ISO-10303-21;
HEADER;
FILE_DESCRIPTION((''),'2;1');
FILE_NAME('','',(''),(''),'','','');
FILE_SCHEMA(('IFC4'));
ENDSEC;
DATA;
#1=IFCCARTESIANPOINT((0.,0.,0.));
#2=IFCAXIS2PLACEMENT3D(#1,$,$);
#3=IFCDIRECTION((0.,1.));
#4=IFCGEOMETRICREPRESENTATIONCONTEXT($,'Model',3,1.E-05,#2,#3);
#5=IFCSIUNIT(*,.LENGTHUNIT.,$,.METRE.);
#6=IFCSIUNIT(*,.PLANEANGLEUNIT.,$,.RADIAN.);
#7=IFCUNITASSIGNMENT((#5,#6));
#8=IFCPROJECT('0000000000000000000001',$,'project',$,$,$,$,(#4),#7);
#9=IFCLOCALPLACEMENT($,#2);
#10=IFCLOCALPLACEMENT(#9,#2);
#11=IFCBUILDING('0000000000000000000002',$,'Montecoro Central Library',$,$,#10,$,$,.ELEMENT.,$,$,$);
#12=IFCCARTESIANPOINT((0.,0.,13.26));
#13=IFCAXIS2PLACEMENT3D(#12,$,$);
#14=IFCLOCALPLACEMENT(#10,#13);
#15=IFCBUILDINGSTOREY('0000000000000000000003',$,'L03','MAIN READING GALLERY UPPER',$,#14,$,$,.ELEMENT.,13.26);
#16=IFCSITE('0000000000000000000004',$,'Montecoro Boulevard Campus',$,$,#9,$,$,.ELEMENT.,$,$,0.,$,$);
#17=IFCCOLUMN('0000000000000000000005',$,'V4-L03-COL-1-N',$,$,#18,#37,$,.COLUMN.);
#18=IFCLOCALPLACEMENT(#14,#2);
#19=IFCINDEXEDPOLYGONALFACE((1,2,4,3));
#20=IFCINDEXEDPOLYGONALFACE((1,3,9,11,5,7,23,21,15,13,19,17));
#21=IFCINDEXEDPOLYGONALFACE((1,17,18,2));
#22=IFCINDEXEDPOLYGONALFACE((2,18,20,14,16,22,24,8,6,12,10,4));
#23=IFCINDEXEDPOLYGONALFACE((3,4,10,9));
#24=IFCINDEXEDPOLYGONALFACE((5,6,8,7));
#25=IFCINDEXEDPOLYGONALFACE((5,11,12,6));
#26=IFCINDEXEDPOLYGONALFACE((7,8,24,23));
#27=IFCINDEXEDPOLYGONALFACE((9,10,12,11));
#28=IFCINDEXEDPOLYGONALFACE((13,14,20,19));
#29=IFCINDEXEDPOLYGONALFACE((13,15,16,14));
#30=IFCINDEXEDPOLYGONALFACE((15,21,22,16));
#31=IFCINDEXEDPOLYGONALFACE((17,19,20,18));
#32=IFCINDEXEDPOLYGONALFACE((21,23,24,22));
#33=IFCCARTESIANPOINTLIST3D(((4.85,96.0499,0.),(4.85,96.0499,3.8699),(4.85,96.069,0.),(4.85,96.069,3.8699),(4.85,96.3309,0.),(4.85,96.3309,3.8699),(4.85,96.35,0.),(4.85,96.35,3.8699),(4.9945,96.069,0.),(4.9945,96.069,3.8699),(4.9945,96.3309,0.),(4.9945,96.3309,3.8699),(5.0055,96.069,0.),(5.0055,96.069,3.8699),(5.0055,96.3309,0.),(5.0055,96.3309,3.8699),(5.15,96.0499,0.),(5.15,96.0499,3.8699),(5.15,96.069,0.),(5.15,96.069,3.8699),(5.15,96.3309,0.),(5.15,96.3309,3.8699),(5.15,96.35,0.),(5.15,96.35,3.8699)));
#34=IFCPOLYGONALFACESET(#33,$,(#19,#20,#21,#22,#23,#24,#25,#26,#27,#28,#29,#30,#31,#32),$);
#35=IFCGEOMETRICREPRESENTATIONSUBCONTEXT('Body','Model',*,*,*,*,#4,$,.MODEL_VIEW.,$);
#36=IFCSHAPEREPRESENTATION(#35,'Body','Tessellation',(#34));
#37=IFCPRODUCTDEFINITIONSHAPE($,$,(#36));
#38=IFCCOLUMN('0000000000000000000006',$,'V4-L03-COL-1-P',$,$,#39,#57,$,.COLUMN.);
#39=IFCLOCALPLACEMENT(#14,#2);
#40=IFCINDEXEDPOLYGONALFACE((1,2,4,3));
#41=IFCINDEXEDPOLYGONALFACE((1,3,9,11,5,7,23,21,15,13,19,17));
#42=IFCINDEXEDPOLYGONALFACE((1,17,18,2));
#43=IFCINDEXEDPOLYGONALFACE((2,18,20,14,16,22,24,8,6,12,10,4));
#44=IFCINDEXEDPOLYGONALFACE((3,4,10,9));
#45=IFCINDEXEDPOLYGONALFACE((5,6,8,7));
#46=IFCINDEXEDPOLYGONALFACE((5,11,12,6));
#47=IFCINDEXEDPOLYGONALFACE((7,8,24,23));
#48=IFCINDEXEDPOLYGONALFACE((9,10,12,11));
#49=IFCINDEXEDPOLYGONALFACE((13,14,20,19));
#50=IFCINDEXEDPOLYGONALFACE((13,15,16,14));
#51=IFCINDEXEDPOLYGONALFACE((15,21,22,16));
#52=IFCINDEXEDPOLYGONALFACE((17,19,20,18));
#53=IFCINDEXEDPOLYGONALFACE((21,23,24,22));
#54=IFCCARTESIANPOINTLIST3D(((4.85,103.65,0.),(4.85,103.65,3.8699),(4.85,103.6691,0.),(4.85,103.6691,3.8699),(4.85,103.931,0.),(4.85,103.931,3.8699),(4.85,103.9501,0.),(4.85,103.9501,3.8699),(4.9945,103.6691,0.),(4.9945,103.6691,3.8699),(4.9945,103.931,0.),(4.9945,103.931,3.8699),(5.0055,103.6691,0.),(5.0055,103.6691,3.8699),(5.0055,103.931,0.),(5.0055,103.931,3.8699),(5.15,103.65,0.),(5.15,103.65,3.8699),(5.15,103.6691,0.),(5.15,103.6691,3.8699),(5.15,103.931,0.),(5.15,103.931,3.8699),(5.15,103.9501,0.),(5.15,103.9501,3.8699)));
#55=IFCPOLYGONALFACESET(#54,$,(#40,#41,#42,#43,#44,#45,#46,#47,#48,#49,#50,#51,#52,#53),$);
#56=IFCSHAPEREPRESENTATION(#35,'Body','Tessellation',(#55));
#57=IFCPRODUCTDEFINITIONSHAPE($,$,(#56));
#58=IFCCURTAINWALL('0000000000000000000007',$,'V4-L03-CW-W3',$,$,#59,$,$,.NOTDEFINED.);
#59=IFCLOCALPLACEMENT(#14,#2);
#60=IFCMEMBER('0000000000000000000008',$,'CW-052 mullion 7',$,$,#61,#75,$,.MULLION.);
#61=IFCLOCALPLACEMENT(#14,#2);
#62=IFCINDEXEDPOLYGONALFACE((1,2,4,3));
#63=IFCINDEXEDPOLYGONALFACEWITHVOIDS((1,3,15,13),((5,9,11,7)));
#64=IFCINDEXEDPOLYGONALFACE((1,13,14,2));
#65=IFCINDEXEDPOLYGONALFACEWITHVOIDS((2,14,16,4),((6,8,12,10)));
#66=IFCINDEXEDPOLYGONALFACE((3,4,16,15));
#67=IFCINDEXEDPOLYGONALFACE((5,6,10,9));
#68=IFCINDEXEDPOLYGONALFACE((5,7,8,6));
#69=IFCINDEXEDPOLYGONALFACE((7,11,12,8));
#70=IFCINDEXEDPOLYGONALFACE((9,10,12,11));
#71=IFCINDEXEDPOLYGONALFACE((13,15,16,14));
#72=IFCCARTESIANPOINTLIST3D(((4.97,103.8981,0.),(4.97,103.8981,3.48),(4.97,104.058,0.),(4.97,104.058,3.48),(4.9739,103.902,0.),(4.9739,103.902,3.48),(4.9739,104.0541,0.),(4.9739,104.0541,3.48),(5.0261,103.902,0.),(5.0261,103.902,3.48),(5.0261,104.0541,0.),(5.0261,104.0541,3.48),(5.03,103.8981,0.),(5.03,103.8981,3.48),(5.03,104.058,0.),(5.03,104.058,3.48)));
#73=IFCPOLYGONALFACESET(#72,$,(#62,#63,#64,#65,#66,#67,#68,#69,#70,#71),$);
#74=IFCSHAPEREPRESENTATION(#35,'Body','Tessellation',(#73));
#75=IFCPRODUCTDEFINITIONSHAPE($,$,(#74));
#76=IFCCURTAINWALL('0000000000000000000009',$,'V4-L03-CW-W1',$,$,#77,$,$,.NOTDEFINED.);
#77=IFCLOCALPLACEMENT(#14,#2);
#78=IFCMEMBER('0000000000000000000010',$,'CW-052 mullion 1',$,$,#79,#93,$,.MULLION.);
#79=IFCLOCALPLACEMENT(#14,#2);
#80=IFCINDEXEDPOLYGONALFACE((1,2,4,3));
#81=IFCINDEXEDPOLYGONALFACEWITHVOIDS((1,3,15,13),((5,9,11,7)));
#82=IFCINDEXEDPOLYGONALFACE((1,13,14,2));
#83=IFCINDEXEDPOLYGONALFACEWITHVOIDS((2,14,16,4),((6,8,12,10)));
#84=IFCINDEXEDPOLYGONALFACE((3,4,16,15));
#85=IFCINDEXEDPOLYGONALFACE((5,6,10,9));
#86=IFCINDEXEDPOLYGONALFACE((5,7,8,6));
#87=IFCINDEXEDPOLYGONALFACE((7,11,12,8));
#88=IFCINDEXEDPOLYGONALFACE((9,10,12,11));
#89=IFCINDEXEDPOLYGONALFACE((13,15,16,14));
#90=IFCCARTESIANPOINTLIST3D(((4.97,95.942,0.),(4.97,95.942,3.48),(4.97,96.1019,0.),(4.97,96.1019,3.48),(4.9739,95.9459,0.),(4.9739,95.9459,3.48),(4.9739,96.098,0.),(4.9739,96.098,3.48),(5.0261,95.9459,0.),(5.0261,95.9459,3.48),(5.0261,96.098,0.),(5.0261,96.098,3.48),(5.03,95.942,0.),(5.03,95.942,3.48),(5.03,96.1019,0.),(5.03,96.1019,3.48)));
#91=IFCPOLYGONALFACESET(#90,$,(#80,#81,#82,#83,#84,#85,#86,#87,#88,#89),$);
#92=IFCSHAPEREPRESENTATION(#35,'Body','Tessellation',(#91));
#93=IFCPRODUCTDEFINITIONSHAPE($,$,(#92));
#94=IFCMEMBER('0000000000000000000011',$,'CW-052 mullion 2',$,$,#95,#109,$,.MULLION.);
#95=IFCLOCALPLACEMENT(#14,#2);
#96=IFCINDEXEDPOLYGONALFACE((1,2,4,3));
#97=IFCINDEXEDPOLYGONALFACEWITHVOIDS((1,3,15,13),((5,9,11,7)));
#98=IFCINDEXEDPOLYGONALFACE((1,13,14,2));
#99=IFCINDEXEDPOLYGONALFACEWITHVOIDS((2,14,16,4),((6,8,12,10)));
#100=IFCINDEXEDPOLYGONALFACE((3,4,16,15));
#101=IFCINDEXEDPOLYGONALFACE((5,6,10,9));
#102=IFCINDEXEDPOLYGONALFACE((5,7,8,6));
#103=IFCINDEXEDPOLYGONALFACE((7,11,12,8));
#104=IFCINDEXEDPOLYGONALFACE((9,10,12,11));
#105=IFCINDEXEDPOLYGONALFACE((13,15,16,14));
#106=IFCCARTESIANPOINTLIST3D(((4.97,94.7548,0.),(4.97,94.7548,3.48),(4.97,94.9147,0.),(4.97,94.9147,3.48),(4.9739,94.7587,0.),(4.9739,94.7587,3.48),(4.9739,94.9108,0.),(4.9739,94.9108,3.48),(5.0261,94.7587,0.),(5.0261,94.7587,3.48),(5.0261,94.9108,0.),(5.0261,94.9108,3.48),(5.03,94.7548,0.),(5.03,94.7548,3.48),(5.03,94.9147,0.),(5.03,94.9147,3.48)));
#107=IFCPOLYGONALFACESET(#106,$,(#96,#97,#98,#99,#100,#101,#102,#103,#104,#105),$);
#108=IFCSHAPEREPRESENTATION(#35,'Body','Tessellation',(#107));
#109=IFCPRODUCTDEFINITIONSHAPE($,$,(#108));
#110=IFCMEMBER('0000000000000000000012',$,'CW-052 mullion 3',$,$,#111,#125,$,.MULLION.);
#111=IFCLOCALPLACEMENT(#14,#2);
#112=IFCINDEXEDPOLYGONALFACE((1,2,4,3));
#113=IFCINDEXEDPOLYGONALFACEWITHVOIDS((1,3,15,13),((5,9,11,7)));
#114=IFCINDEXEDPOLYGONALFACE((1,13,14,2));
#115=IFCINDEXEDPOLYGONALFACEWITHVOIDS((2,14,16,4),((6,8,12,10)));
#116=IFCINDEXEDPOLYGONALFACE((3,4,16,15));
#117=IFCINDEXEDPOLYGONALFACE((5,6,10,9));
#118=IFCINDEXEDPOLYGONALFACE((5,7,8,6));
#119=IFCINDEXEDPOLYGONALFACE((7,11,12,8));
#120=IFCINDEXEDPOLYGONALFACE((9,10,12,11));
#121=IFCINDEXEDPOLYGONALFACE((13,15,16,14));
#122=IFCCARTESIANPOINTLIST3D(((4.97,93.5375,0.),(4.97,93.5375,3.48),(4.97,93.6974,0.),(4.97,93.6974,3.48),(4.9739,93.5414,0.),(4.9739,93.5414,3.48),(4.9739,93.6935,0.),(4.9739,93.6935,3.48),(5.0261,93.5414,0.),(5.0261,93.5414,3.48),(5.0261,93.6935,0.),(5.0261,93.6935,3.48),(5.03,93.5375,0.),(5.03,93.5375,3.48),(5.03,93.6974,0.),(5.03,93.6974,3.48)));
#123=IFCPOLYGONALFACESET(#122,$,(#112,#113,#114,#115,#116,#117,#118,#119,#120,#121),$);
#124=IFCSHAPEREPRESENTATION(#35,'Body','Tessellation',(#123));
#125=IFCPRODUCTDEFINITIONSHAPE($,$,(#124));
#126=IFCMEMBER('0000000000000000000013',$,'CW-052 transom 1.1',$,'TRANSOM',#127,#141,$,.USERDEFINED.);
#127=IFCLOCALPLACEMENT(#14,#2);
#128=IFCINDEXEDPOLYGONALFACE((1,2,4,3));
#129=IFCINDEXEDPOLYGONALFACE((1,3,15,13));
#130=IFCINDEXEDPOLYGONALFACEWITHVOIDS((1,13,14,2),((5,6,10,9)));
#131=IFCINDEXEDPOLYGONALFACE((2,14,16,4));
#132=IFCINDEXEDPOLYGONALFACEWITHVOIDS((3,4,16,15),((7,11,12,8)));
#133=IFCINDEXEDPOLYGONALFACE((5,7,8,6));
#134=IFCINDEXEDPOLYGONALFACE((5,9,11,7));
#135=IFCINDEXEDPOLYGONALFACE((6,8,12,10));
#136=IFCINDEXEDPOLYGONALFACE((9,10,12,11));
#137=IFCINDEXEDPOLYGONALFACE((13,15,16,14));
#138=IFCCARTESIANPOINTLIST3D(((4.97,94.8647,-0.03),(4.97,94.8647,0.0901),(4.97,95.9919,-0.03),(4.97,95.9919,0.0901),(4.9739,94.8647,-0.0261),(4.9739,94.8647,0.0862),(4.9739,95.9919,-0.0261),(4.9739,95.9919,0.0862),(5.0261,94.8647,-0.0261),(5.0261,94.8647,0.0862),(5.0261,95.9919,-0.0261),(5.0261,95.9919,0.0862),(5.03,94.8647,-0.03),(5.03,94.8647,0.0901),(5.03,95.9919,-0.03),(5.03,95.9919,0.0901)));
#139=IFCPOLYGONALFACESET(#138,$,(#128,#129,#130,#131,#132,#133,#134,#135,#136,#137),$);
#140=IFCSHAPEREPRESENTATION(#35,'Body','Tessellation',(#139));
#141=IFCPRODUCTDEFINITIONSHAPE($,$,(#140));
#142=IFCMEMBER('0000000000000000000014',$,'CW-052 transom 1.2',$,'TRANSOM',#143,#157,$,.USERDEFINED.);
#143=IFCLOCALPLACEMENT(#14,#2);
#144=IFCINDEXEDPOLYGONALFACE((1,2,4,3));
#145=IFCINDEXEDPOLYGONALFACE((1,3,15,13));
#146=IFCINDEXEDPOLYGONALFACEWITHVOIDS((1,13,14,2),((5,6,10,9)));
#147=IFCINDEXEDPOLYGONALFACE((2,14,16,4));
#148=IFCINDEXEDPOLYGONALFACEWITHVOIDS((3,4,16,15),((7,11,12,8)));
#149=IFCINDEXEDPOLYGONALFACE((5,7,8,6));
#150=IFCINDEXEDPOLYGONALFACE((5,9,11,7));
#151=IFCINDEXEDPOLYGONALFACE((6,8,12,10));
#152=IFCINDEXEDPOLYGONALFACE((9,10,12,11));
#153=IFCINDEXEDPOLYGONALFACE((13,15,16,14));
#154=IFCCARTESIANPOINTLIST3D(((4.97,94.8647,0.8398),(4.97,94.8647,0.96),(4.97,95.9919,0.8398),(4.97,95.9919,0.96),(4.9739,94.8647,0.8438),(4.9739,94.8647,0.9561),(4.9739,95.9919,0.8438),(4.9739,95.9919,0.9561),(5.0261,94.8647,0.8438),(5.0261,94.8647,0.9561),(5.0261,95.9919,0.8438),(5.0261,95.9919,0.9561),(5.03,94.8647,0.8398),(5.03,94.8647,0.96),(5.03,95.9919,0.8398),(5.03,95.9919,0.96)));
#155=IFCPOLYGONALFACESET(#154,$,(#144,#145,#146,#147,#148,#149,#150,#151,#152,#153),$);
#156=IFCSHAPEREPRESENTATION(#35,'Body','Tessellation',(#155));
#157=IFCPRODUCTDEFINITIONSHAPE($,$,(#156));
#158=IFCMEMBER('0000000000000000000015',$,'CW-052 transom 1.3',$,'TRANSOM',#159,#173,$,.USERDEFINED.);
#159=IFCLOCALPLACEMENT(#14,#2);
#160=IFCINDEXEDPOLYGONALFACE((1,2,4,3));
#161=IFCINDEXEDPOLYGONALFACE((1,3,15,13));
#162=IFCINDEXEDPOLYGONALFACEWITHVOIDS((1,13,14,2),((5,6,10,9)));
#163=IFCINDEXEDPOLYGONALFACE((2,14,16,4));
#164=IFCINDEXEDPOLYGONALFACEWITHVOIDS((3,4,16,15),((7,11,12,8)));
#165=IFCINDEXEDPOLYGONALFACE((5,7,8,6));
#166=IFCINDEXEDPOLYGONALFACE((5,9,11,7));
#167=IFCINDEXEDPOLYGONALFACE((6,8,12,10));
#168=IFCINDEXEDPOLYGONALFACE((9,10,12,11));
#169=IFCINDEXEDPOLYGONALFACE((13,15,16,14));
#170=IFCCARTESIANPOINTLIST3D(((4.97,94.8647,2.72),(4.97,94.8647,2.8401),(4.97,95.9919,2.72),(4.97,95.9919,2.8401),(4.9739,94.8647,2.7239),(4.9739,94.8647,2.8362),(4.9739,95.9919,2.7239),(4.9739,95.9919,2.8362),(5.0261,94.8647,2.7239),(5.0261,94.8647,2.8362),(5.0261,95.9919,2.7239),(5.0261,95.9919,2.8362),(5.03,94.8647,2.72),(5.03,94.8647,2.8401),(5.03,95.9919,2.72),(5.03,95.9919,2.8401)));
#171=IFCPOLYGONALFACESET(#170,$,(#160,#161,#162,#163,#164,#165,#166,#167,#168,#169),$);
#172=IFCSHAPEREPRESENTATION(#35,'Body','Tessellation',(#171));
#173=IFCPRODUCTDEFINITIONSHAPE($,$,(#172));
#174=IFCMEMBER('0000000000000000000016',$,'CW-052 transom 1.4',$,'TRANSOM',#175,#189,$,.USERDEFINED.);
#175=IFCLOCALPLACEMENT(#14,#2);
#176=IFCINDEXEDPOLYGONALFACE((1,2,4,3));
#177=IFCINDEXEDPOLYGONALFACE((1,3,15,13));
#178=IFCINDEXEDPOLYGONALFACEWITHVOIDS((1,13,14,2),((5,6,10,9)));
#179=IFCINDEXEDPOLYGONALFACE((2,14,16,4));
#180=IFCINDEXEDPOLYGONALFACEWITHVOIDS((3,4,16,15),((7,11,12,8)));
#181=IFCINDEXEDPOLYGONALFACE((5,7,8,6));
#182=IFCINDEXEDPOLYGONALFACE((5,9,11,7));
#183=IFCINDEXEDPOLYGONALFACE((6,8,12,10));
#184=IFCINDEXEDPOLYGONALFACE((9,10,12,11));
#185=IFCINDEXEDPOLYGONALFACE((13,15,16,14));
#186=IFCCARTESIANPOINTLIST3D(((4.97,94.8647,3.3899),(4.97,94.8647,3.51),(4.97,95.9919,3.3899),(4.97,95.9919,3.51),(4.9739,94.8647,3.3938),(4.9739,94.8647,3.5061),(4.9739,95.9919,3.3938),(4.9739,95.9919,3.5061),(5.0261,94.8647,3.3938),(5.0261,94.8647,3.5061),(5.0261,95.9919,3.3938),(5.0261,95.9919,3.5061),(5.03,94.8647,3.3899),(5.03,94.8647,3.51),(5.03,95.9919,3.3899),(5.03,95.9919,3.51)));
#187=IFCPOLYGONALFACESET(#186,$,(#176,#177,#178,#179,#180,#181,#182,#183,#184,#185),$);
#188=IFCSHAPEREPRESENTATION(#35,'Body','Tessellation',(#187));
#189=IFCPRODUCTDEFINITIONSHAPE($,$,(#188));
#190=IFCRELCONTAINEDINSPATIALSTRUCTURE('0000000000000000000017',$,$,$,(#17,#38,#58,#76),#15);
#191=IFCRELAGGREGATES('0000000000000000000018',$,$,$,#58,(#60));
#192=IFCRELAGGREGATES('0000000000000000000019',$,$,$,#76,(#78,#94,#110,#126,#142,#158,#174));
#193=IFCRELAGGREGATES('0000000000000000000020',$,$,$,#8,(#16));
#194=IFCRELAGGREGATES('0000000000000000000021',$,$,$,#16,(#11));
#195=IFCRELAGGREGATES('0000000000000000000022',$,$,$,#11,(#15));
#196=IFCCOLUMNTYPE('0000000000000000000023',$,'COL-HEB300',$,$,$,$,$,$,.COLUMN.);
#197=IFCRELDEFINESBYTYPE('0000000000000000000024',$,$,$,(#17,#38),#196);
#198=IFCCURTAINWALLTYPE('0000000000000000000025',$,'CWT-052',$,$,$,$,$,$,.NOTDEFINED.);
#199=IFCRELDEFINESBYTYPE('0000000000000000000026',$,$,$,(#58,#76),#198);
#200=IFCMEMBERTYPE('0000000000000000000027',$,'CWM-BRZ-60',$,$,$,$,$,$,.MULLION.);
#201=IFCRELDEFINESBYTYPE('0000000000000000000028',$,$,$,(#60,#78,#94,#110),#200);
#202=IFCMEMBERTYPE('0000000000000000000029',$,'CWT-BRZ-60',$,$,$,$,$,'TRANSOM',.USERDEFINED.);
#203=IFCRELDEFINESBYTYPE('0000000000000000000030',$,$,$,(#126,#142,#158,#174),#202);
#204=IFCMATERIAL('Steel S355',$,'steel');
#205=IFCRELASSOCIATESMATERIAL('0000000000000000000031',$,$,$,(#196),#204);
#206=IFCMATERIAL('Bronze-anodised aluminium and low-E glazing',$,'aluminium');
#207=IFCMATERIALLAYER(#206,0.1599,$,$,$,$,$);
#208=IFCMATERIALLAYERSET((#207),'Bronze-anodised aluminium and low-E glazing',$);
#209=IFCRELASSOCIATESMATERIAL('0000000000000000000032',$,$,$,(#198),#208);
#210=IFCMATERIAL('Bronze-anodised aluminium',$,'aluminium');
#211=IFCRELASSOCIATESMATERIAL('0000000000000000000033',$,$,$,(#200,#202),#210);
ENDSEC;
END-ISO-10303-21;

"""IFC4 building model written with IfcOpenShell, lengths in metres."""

from ifc_helpers import new_model, si_unit, direction, frame, origin, origin_2d, place, context, subcontext, project, spatial, hollow_rectangle, i_section, extrude, material, layer, layer_set, material_profile, profile_set, type_object, element, aggregate, save


model = new_model("IFC4")

# Units and contexts
model_context = context("Model", 3, precision=1e-05, world=origin(), true_north=direction((0.0, 1.0)))
body_context = subcontext(model_context, "Body", "Model", "MODEL_VIEW")
ifc_project = project(units=[si_unit("LENGTHUNIT", "METRE"), si_unit("PLANEANGLEUNIT", "RADIAN")], contexts=[model_context])

# Site, building, storey
site_placement = place(None, origin())
site = spatial("IfcSite", under=ifc_project, at=site_placement, Name="Montecoro Boulevard Campus", CompositionType="ELEMENT", RefElevation=0.0)
building_placement = place(site_placement, origin())
building = spatial("IfcBuilding", under=site, at=building_placement, Name="Montecoro Central Library", CompositionType="ELEMENT")
storey_placement = place(building_placement, frame((0.0, 0.0, 13.26)))
storey = spatial("IfcBuildingStorey", under=building, at=storey_placement, Name="L03", Description="MAIN READING GALLERY UPPER", CompositionType="ELEMENT", Elevation=13.26)

# Columns
ifc_material_1 = material(Name="Steel S355", Category="steel")
ifc_material_profile_1 = material_profile(ifc_material_1, i_section(OverallWidth=0.3, OverallDepth=0.3, WebThickness=0.011, FlangeThickness=0.019, at=origin_2d()), Name="HEB 300")
ifc_profile_set_1 = profile_set([ifc_material_profile_1], Name="Steel S355")
column_type = type_object("IfcColumnType", Name="COL-HEB300", PredefinedType="COLUMN", material=ifc_profile_set_1)
for number, where, z_axis, x_axis, name in (
    (1, (5.0, 96.2, 0.0), (0.0, 0.0, 1.0), (1.0, 0.0, 0.0), "V4-L03-COL-1-N"),
    (2, (5.0, 103.8, 0.0), (0.0, 0.0, 1.0), (1.0, 0.0, 0.0), "V4-L03-COL-1-P"),
):
    element("IfcColumn", number, at=place(storey_placement, frame(where, z_axis=z_axis, x_axis=x_axis)), inside=storey, type_object=column_type, Name=name, PredefinedType="COLUMN", context=body_context, shape_type="SweptSolid", body=[
        extrude(i_section(OverallWidth=0.3, OverallDepth=0.3, WebThickness=0.011, FlangeThickness=0.019, at=origin_2d()), origin(), (0.0, 0.0, 1.0), 3.8699),
    ])

# Curtain wall, member
ifc_material_2 = material(Name="Bronze-anodised aluminium and low-E glazing", Category="aluminium")
ifc_layer_1 = layer(ifc_material_2, 0.1599)
ifc_layer_set_1 = layer_set([ifc_layer_1], Name="Bronze-anodised aluminium and low-E glazing")
curtain_wall_type = type_object("IfcCurtainWallType", Name="CWT-052", PredefinedType="NOTDEFINED", material=ifc_layer_set_1)
curtain_wall_1_placement = place(storey_placement, origin())
curtain_wall_1 = element("IfcCurtainWall", 3, at=curtain_wall_1_placement, inside=storey, type_object=curtain_wall_type, Name="V4-L03-CW-W3", PredefinedType="NOTDEFINED")
ifc_material_3 = material(Name="Bronze-anodised aluminium", Category="aluminium")
ifc_material_profile_2 = material_profile(ifc_material_3, hollow_rectangle(XDim=0.0601, YDim=0.1599, WallThickness=0.0039, at=origin_2d()), Name="CWM 160x60x4.0")
ifc_profile_set_2 = profile_set([ifc_material_profile_2], Name="Bronze-anodised aluminium")
member_type_1 = type_object("IfcMemberType", Name="CWM-BRZ-60", PredefinedType="MULLION", material=ifc_profile_set_2)
member_1_placement = place(storey_placement, frame((5.0, 103.978, 0.0), z_axis=(0.0, 0.0, 1.0), x_axis=(1.0, 0.0, 0.0)))
member_1 = element("IfcMember", 4, at=member_1_placement, type_object=member_type_1, Name="CW-052 mullion 7", PredefinedType="MULLION", context=body_context, shape_type="SweptSolid", body=[
    extrude(hollow_rectangle(XDim=0.0601, YDim=0.1599, WallThickness=0.0039, at=origin_2d()), origin(), (0.0, 0.0, 1.0), 3.48),
])
aggregate(curtain_wall_1, [member_1])

# Curtain wall, members
curtain_wall_2_placement = place(storey_placement, origin())
curtain_wall_2 = element("IfcCurtainWall", 5, at=curtain_wall_2_placement, inside=storey, type_object=curtain_wall_type, Name="V4-L03-CW-W1", PredefinedType="NOTDEFINED")
member_2_placement = place(storey_placement, frame((5.0, 96.022, 0.0), z_axis=(0.0, 0.0, 1.0), x_axis=(1.0, 0.0, 0.0)))
member_2 = element("IfcMember", 6, at=member_2_placement, type_object=member_type_1, Name="CW-052 mullion 1", PredefinedType="MULLION", context=body_context, shape_type="SweptSolid", body=[
    extrude(hollow_rectangle(XDim=0.0601, YDim=0.1599, WallThickness=0.0039, at=origin_2d()), origin(), (0.0, 0.0, 1.0), 3.48),
])
member_3_placement = place(storey_placement, frame((5.0, 94.8347, 0.0), z_axis=(0.0, 0.0, 1.0), x_axis=(1.0, 0.0, 0.0)))
member_3 = element("IfcMember", 7, at=member_3_placement, type_object=member_type_1, Name="CW-052 mullion 2", PredefinedType="MULLION", context=body_context, shape_type="SweptSolid", body=[
    extrude(hollow_rectangle(XDim=0.0601, YDim=0.1599, WallThickness=0.0039, at=origin_2d()), origin(), (0.0, 0.0, 1.0), 3.48),
])
member_4_placement = place(storey_placement, frame((5.0, 93.6174, 0.0), z_axis=(0.0, 0.0, 1.0), x_axis=(1.0, 0.0, 0.0)))
member_4 = element("IfcMember", 8, at=member_4_placement, type_object=member_type_1, Name="CW-052 mullion 3", PredefinedType="MULLION", context=body_context, shape_type="SweptSolid", body=[
    extrude(hollow_rectangle(XDim=0.0601, YDim=0.1599, WallThickness=0.0039, at=origin_2d()), origin(), (0.0, 0.0, 1.0), 3.48),
])
ifc_material_profile_3 = material_profile(ifc_material_3, hollow_rectangle(XDim=0.0601, YDim=0.1201, WallThickness=0.0039, at=origin_2d()), Name="CWT 120x60x4.0")
ifc_profile_set_3 = profile_set([ifc_material_profile_3], Name="Bronze-anodised aluminium")
member_type_2 = type_object("IfcMemberType", Name="CWT-BRZ-60", ElementType="TRANSOM", PredefinedType="USERDEFINED", material=ifc_profile_set_3)
member_5_placement = place(storey_placement, frame((5.0, 95.9919, 0.03), z_axis=(0.0, -1.0, 0.0), x_axis=(1.0, 0.0, 0.0)))
member_5 = element("IfcMember", 9, at=member_5_placement, type_object=member_type_2, Name="CW-052 transom 1.1", ObjectType="TRANSOM", PredefinedType="USERDEFINED", context=body_context, shape_type="SweptSolid", body=[
    extrude(hollow_rectangle(XDim=0.0601, YDim=0.1201, WallThickness=0.0039, at=origin_2d()), origin(), (0.0, 0.0, 1.0), 1.1272),
])
member_6_placement = place(storey_placement, frame((5.0, 95.9919, 0.8999), z_axis=(0.0, -1.0, 0.0), x_axis=(1.0, 0.0, 0.0)))
member_6 = element("IfcMember", 10, at=member_6_placement, type_object=member_type_2, Name="CW-052 transom 1.2", ObjectType="TRANSOM", PredefinedType="USERDEFINED", context=body_context, shape_type="SweptSolid", body=[
    extrude(hollow_rectangle(XDim=0.0601, YDim=0.1201, WallThickness=0.0039, at=origin_2d()), origin(), (0.0, 0.0, 1.0), 1.1272),
])
member_7_placement = place(storey_placement, frame((5.0, 95.9919, 2.78), z_axis=(0.0, -1.0, 0.0), x_axis=(1.0, 0.0, 0.0)))
member_7 = element("IfcMember", 11, at=member_7_placement, type_object=member_type_2, Name="CW-052 transom 1.3", ObjectType="TRANSOM", PredefinedType="USERDEFINED", context=body_context, shape_type="SweptSolid", body=[
    extrude(hollow_rectangle(XDim=0.0601, YDim=0.1201, WallThickness=0.0039, at=origin_2d()), origin(), (0.0, 0.0, 1.0), 1.1272),
])
member_8_placement = place(storey_placement, frame((5.0, 95.9919, 3.45), z_axis=(0.0, -1.0, 0.0), x_axis=(1.0, 0.0, 0.0)))
member_8 = element("IfcMember", 12, at=member_8_placement, type_object=member_type_2, Name="CW-052 transom 1.4", ObjectType="TRANSOM", PredefinedType="USERDEFINED", context=body_context, shape_type="SweptSolid", body=[
    extrude(hollow_rectangle(XDim=0.0601, YDim=0.1201, WallThickness=0.0039, at=origin_2d()), origin(), (0.0, 0.0, 1.0), 1.1272),
])
aggregate(curtain_wall_2, [member_2, member_3, member_4, member_5, member_6, member_7, member_8])

save(model, "model.ifc")
